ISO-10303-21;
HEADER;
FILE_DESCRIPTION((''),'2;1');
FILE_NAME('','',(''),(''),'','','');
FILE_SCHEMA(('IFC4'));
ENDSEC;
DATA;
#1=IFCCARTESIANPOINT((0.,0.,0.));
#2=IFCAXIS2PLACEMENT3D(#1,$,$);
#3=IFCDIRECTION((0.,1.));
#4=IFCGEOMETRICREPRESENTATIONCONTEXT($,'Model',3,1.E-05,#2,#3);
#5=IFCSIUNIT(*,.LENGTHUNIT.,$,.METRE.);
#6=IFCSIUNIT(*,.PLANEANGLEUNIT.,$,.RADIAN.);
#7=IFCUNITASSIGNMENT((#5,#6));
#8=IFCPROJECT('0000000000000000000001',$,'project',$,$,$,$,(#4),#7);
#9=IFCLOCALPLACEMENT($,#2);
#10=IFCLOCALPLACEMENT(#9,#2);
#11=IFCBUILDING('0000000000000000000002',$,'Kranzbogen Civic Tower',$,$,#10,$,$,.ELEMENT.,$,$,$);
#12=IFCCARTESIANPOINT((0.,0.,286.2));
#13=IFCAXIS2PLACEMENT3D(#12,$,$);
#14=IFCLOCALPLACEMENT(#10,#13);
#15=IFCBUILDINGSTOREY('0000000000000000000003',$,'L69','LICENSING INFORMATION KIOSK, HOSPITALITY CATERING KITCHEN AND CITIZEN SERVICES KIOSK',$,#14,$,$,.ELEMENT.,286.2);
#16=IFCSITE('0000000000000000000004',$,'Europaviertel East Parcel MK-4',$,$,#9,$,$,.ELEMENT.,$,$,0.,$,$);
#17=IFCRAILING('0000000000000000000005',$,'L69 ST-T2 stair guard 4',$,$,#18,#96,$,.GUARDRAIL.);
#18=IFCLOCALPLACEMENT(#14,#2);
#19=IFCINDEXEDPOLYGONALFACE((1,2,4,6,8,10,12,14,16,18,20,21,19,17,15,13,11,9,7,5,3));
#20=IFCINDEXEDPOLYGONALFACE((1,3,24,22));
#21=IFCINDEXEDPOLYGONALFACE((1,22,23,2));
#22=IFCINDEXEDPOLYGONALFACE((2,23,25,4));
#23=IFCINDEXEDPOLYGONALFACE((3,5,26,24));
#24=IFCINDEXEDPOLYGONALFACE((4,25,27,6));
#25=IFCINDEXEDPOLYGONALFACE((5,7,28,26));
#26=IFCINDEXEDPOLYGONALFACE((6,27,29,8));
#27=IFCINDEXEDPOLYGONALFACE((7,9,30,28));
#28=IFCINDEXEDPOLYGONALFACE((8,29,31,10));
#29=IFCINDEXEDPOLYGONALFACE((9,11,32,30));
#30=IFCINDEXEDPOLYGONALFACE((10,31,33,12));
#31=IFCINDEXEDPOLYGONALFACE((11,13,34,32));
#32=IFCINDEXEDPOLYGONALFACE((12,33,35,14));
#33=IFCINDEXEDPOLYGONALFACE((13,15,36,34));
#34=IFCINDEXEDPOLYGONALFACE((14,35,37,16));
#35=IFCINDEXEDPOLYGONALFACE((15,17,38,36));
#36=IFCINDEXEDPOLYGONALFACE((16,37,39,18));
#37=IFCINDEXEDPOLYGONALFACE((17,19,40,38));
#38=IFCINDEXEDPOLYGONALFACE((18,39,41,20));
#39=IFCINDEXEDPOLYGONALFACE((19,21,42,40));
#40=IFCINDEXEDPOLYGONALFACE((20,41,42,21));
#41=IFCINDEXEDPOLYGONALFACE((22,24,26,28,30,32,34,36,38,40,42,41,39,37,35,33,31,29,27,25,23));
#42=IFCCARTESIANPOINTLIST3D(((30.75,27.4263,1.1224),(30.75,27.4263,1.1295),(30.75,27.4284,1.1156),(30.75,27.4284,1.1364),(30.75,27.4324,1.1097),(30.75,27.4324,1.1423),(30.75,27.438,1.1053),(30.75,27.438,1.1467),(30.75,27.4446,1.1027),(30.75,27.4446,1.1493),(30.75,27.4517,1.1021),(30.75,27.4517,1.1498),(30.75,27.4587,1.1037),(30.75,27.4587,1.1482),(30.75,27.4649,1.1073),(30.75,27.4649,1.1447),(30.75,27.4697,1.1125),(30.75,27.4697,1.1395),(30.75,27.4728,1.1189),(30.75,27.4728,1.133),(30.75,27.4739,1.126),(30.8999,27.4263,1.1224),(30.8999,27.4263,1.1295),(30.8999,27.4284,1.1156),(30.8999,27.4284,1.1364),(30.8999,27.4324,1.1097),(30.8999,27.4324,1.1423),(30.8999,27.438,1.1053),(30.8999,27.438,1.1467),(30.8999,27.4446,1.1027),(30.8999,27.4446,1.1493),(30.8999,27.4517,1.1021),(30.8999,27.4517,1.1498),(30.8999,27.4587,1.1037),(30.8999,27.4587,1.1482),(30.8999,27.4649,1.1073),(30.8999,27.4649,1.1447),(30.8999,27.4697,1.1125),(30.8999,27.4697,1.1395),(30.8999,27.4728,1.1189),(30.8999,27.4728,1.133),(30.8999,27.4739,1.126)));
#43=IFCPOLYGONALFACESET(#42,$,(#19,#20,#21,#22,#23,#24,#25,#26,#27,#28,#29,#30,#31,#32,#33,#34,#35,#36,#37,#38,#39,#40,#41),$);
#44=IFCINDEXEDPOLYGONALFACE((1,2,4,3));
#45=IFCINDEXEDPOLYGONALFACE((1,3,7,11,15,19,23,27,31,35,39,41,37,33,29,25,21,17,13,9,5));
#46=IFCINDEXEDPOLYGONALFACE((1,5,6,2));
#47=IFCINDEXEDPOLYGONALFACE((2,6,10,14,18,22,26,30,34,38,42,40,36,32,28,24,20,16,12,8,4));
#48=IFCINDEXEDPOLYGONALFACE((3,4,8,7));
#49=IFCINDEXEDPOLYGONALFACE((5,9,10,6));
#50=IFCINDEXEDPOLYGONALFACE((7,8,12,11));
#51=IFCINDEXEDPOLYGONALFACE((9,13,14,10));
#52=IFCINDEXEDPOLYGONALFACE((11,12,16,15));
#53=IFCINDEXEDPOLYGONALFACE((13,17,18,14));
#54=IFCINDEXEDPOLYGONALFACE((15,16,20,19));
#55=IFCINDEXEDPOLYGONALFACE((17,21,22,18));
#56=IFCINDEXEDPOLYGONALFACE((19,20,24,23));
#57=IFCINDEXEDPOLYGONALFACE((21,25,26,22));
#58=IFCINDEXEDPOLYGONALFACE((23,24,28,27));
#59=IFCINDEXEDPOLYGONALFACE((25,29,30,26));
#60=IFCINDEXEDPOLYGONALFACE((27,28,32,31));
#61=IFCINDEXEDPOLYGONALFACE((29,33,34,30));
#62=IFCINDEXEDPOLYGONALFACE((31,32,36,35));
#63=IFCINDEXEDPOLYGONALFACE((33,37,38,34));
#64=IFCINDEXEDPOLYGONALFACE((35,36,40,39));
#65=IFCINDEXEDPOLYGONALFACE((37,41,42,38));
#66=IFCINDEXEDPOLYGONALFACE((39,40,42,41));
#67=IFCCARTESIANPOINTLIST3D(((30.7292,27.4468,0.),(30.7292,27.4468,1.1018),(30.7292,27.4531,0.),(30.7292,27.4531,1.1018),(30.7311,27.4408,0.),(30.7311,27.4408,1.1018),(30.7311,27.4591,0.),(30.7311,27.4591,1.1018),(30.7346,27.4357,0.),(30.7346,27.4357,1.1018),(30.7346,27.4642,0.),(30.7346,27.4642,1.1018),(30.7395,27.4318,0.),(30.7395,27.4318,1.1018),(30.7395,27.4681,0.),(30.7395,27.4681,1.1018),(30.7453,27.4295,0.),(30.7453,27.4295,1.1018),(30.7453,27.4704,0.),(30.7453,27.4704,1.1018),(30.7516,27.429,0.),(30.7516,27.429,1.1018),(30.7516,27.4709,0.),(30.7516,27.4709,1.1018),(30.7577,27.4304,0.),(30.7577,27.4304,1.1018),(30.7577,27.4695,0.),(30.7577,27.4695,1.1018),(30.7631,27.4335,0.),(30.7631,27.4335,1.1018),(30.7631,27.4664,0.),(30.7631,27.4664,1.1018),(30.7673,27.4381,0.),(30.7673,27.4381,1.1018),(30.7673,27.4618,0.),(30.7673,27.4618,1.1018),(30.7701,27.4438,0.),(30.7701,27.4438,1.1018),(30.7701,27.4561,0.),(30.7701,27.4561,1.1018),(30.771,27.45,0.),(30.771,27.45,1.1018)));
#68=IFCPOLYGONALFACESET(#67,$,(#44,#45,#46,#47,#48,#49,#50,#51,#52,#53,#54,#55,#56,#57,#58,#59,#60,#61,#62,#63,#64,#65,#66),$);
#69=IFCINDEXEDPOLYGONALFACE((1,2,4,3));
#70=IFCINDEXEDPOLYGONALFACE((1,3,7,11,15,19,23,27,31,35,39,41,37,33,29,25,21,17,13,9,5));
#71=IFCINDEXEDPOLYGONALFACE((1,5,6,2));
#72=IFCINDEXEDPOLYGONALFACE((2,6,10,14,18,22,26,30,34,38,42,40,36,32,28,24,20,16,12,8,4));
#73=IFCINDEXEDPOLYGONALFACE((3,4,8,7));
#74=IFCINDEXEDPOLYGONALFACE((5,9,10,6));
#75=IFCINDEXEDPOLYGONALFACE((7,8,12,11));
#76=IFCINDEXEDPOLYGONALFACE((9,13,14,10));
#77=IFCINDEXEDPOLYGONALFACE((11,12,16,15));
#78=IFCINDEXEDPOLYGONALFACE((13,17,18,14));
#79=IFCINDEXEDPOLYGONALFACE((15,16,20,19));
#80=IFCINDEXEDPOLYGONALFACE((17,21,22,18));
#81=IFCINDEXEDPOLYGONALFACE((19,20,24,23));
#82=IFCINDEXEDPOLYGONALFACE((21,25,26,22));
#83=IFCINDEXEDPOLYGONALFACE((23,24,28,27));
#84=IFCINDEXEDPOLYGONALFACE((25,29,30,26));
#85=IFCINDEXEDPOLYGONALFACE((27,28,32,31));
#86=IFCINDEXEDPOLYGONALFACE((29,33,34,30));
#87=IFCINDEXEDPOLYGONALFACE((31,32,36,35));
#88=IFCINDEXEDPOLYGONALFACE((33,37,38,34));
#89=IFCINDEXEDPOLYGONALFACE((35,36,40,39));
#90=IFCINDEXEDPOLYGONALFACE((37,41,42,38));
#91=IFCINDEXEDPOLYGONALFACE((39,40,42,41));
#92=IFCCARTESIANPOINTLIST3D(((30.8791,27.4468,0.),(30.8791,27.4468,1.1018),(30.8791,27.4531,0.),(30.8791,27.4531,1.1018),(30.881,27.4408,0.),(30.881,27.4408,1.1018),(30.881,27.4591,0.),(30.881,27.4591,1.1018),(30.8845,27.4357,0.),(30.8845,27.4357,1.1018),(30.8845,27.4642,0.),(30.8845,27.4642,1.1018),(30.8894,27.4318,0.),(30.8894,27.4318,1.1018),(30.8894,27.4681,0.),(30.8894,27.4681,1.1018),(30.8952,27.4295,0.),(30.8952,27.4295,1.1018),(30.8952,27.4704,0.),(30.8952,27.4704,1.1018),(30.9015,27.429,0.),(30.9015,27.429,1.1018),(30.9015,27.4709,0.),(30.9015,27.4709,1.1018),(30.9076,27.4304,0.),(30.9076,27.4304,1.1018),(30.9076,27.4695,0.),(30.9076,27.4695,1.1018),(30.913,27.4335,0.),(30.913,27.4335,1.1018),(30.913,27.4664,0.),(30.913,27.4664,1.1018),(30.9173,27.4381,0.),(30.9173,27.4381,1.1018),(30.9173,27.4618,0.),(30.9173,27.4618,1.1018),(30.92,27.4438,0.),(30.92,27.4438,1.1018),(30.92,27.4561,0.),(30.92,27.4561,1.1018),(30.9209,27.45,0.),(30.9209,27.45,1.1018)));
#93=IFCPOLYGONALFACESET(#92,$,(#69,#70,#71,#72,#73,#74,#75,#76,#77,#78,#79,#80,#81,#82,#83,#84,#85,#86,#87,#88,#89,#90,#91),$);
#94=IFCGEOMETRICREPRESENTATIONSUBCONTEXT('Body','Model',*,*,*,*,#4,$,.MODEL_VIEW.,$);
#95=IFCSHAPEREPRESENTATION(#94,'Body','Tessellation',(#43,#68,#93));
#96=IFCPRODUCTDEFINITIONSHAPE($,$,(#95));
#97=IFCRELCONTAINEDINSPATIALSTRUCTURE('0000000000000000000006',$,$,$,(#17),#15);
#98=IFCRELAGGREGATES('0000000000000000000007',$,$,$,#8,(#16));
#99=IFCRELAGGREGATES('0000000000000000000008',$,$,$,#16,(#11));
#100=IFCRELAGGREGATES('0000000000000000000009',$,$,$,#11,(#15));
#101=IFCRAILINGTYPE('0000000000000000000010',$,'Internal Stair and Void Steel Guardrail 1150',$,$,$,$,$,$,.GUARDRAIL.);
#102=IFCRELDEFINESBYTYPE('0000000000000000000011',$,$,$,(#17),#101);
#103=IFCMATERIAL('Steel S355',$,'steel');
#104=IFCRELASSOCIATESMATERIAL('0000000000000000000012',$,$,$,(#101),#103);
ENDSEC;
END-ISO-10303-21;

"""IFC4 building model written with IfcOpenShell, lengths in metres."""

from ifc_helpers import new_model, si_unit, direction, frame, origin, origin_2d, place, context, subcontext, project, spatial, circle, extrude, material, type_object, element, save


model = new_model("IFC4")

# Units and contexts
model_context = context("Model", 3, precision=1e-05, world=origin(), true_north=direction((0.0, 1.0)))
body_context = subcontext(model_context, "Body", "Model", "MODEL_VIEW")
ifc_project = project(units=[si_unit("LENGTHUNIT", "METRE"), si_unit("PLANEANGLEUNIT", "RADIAN")], contexts=[model_context])

# Site, building, storey
site_placement = place(None, origin())
site = spatial("IfcSite", under=ifc_project, at=site_placement, Name="Europaviertel East Parcel MK-4", CompositionType="ELEMENT", RefElevation=0.0)
building_placement = place(site_placement, origin())
building = spatial("IfcBuilding", under=site, at=building_placement, Name="Kranzbogen Civic Tower", CompositionType="ELEMENT")
storey_placement = place(building_placement, frame((0.0, 0.0, 286.2)))
storey = spatial("IfcBuildingStorey", under=building, at=storey_placement, Name="L69", Description="LICENSING INFORMATION KIOSK, HOSPITALITY CATERING KITCHEN AND CITIZEN SERVICES KIOSK", CompositionType="ELEMENT", Elevation=286.2)

# Shared definitions
ifc_material_1 = material(Name="Steel S355", Category="steel")

# Railing
railing_type_1 = type_object("IfcRailingType", Name="Internal Stair and Void Steel Guardrail 1150", PredefinedType="GUARDRAIL", material=ifc_material_1)
railing_1_placement = place(storey_placement, frame((30.75, 27.45, 0.0)))
element("IfcRailing", 1, at=railing_1_placement, inside=storey, type_object=railing_type_1, Name="L69 ST-T2 stair guard 4", PredefinedType="GUARDRAIL", context=body_context, shape_type="SweptSolid", body=[
    extrude(circle(Radius=0.0239, at=origin_2d()), frame((0.0, 0.0, 1.126), z_axis=(1.0, 0.0, 0.0), x_axis=(0.0, 1.0, 0.0)), (0.0, 0.0, 1.0), 0.1499),
    extrude(circle(Radius=0.021, at=origin_2d()), origin(), (0.0, 0.0, 1.0), 1.1018),
    extrude(circle(Radius=0.021, at=origin_2d()), frame((0.1499, 0.0, 0.0)), (0.0, 0.0, 1.0), 1.1018),
])

save(model, "model.ifc")
